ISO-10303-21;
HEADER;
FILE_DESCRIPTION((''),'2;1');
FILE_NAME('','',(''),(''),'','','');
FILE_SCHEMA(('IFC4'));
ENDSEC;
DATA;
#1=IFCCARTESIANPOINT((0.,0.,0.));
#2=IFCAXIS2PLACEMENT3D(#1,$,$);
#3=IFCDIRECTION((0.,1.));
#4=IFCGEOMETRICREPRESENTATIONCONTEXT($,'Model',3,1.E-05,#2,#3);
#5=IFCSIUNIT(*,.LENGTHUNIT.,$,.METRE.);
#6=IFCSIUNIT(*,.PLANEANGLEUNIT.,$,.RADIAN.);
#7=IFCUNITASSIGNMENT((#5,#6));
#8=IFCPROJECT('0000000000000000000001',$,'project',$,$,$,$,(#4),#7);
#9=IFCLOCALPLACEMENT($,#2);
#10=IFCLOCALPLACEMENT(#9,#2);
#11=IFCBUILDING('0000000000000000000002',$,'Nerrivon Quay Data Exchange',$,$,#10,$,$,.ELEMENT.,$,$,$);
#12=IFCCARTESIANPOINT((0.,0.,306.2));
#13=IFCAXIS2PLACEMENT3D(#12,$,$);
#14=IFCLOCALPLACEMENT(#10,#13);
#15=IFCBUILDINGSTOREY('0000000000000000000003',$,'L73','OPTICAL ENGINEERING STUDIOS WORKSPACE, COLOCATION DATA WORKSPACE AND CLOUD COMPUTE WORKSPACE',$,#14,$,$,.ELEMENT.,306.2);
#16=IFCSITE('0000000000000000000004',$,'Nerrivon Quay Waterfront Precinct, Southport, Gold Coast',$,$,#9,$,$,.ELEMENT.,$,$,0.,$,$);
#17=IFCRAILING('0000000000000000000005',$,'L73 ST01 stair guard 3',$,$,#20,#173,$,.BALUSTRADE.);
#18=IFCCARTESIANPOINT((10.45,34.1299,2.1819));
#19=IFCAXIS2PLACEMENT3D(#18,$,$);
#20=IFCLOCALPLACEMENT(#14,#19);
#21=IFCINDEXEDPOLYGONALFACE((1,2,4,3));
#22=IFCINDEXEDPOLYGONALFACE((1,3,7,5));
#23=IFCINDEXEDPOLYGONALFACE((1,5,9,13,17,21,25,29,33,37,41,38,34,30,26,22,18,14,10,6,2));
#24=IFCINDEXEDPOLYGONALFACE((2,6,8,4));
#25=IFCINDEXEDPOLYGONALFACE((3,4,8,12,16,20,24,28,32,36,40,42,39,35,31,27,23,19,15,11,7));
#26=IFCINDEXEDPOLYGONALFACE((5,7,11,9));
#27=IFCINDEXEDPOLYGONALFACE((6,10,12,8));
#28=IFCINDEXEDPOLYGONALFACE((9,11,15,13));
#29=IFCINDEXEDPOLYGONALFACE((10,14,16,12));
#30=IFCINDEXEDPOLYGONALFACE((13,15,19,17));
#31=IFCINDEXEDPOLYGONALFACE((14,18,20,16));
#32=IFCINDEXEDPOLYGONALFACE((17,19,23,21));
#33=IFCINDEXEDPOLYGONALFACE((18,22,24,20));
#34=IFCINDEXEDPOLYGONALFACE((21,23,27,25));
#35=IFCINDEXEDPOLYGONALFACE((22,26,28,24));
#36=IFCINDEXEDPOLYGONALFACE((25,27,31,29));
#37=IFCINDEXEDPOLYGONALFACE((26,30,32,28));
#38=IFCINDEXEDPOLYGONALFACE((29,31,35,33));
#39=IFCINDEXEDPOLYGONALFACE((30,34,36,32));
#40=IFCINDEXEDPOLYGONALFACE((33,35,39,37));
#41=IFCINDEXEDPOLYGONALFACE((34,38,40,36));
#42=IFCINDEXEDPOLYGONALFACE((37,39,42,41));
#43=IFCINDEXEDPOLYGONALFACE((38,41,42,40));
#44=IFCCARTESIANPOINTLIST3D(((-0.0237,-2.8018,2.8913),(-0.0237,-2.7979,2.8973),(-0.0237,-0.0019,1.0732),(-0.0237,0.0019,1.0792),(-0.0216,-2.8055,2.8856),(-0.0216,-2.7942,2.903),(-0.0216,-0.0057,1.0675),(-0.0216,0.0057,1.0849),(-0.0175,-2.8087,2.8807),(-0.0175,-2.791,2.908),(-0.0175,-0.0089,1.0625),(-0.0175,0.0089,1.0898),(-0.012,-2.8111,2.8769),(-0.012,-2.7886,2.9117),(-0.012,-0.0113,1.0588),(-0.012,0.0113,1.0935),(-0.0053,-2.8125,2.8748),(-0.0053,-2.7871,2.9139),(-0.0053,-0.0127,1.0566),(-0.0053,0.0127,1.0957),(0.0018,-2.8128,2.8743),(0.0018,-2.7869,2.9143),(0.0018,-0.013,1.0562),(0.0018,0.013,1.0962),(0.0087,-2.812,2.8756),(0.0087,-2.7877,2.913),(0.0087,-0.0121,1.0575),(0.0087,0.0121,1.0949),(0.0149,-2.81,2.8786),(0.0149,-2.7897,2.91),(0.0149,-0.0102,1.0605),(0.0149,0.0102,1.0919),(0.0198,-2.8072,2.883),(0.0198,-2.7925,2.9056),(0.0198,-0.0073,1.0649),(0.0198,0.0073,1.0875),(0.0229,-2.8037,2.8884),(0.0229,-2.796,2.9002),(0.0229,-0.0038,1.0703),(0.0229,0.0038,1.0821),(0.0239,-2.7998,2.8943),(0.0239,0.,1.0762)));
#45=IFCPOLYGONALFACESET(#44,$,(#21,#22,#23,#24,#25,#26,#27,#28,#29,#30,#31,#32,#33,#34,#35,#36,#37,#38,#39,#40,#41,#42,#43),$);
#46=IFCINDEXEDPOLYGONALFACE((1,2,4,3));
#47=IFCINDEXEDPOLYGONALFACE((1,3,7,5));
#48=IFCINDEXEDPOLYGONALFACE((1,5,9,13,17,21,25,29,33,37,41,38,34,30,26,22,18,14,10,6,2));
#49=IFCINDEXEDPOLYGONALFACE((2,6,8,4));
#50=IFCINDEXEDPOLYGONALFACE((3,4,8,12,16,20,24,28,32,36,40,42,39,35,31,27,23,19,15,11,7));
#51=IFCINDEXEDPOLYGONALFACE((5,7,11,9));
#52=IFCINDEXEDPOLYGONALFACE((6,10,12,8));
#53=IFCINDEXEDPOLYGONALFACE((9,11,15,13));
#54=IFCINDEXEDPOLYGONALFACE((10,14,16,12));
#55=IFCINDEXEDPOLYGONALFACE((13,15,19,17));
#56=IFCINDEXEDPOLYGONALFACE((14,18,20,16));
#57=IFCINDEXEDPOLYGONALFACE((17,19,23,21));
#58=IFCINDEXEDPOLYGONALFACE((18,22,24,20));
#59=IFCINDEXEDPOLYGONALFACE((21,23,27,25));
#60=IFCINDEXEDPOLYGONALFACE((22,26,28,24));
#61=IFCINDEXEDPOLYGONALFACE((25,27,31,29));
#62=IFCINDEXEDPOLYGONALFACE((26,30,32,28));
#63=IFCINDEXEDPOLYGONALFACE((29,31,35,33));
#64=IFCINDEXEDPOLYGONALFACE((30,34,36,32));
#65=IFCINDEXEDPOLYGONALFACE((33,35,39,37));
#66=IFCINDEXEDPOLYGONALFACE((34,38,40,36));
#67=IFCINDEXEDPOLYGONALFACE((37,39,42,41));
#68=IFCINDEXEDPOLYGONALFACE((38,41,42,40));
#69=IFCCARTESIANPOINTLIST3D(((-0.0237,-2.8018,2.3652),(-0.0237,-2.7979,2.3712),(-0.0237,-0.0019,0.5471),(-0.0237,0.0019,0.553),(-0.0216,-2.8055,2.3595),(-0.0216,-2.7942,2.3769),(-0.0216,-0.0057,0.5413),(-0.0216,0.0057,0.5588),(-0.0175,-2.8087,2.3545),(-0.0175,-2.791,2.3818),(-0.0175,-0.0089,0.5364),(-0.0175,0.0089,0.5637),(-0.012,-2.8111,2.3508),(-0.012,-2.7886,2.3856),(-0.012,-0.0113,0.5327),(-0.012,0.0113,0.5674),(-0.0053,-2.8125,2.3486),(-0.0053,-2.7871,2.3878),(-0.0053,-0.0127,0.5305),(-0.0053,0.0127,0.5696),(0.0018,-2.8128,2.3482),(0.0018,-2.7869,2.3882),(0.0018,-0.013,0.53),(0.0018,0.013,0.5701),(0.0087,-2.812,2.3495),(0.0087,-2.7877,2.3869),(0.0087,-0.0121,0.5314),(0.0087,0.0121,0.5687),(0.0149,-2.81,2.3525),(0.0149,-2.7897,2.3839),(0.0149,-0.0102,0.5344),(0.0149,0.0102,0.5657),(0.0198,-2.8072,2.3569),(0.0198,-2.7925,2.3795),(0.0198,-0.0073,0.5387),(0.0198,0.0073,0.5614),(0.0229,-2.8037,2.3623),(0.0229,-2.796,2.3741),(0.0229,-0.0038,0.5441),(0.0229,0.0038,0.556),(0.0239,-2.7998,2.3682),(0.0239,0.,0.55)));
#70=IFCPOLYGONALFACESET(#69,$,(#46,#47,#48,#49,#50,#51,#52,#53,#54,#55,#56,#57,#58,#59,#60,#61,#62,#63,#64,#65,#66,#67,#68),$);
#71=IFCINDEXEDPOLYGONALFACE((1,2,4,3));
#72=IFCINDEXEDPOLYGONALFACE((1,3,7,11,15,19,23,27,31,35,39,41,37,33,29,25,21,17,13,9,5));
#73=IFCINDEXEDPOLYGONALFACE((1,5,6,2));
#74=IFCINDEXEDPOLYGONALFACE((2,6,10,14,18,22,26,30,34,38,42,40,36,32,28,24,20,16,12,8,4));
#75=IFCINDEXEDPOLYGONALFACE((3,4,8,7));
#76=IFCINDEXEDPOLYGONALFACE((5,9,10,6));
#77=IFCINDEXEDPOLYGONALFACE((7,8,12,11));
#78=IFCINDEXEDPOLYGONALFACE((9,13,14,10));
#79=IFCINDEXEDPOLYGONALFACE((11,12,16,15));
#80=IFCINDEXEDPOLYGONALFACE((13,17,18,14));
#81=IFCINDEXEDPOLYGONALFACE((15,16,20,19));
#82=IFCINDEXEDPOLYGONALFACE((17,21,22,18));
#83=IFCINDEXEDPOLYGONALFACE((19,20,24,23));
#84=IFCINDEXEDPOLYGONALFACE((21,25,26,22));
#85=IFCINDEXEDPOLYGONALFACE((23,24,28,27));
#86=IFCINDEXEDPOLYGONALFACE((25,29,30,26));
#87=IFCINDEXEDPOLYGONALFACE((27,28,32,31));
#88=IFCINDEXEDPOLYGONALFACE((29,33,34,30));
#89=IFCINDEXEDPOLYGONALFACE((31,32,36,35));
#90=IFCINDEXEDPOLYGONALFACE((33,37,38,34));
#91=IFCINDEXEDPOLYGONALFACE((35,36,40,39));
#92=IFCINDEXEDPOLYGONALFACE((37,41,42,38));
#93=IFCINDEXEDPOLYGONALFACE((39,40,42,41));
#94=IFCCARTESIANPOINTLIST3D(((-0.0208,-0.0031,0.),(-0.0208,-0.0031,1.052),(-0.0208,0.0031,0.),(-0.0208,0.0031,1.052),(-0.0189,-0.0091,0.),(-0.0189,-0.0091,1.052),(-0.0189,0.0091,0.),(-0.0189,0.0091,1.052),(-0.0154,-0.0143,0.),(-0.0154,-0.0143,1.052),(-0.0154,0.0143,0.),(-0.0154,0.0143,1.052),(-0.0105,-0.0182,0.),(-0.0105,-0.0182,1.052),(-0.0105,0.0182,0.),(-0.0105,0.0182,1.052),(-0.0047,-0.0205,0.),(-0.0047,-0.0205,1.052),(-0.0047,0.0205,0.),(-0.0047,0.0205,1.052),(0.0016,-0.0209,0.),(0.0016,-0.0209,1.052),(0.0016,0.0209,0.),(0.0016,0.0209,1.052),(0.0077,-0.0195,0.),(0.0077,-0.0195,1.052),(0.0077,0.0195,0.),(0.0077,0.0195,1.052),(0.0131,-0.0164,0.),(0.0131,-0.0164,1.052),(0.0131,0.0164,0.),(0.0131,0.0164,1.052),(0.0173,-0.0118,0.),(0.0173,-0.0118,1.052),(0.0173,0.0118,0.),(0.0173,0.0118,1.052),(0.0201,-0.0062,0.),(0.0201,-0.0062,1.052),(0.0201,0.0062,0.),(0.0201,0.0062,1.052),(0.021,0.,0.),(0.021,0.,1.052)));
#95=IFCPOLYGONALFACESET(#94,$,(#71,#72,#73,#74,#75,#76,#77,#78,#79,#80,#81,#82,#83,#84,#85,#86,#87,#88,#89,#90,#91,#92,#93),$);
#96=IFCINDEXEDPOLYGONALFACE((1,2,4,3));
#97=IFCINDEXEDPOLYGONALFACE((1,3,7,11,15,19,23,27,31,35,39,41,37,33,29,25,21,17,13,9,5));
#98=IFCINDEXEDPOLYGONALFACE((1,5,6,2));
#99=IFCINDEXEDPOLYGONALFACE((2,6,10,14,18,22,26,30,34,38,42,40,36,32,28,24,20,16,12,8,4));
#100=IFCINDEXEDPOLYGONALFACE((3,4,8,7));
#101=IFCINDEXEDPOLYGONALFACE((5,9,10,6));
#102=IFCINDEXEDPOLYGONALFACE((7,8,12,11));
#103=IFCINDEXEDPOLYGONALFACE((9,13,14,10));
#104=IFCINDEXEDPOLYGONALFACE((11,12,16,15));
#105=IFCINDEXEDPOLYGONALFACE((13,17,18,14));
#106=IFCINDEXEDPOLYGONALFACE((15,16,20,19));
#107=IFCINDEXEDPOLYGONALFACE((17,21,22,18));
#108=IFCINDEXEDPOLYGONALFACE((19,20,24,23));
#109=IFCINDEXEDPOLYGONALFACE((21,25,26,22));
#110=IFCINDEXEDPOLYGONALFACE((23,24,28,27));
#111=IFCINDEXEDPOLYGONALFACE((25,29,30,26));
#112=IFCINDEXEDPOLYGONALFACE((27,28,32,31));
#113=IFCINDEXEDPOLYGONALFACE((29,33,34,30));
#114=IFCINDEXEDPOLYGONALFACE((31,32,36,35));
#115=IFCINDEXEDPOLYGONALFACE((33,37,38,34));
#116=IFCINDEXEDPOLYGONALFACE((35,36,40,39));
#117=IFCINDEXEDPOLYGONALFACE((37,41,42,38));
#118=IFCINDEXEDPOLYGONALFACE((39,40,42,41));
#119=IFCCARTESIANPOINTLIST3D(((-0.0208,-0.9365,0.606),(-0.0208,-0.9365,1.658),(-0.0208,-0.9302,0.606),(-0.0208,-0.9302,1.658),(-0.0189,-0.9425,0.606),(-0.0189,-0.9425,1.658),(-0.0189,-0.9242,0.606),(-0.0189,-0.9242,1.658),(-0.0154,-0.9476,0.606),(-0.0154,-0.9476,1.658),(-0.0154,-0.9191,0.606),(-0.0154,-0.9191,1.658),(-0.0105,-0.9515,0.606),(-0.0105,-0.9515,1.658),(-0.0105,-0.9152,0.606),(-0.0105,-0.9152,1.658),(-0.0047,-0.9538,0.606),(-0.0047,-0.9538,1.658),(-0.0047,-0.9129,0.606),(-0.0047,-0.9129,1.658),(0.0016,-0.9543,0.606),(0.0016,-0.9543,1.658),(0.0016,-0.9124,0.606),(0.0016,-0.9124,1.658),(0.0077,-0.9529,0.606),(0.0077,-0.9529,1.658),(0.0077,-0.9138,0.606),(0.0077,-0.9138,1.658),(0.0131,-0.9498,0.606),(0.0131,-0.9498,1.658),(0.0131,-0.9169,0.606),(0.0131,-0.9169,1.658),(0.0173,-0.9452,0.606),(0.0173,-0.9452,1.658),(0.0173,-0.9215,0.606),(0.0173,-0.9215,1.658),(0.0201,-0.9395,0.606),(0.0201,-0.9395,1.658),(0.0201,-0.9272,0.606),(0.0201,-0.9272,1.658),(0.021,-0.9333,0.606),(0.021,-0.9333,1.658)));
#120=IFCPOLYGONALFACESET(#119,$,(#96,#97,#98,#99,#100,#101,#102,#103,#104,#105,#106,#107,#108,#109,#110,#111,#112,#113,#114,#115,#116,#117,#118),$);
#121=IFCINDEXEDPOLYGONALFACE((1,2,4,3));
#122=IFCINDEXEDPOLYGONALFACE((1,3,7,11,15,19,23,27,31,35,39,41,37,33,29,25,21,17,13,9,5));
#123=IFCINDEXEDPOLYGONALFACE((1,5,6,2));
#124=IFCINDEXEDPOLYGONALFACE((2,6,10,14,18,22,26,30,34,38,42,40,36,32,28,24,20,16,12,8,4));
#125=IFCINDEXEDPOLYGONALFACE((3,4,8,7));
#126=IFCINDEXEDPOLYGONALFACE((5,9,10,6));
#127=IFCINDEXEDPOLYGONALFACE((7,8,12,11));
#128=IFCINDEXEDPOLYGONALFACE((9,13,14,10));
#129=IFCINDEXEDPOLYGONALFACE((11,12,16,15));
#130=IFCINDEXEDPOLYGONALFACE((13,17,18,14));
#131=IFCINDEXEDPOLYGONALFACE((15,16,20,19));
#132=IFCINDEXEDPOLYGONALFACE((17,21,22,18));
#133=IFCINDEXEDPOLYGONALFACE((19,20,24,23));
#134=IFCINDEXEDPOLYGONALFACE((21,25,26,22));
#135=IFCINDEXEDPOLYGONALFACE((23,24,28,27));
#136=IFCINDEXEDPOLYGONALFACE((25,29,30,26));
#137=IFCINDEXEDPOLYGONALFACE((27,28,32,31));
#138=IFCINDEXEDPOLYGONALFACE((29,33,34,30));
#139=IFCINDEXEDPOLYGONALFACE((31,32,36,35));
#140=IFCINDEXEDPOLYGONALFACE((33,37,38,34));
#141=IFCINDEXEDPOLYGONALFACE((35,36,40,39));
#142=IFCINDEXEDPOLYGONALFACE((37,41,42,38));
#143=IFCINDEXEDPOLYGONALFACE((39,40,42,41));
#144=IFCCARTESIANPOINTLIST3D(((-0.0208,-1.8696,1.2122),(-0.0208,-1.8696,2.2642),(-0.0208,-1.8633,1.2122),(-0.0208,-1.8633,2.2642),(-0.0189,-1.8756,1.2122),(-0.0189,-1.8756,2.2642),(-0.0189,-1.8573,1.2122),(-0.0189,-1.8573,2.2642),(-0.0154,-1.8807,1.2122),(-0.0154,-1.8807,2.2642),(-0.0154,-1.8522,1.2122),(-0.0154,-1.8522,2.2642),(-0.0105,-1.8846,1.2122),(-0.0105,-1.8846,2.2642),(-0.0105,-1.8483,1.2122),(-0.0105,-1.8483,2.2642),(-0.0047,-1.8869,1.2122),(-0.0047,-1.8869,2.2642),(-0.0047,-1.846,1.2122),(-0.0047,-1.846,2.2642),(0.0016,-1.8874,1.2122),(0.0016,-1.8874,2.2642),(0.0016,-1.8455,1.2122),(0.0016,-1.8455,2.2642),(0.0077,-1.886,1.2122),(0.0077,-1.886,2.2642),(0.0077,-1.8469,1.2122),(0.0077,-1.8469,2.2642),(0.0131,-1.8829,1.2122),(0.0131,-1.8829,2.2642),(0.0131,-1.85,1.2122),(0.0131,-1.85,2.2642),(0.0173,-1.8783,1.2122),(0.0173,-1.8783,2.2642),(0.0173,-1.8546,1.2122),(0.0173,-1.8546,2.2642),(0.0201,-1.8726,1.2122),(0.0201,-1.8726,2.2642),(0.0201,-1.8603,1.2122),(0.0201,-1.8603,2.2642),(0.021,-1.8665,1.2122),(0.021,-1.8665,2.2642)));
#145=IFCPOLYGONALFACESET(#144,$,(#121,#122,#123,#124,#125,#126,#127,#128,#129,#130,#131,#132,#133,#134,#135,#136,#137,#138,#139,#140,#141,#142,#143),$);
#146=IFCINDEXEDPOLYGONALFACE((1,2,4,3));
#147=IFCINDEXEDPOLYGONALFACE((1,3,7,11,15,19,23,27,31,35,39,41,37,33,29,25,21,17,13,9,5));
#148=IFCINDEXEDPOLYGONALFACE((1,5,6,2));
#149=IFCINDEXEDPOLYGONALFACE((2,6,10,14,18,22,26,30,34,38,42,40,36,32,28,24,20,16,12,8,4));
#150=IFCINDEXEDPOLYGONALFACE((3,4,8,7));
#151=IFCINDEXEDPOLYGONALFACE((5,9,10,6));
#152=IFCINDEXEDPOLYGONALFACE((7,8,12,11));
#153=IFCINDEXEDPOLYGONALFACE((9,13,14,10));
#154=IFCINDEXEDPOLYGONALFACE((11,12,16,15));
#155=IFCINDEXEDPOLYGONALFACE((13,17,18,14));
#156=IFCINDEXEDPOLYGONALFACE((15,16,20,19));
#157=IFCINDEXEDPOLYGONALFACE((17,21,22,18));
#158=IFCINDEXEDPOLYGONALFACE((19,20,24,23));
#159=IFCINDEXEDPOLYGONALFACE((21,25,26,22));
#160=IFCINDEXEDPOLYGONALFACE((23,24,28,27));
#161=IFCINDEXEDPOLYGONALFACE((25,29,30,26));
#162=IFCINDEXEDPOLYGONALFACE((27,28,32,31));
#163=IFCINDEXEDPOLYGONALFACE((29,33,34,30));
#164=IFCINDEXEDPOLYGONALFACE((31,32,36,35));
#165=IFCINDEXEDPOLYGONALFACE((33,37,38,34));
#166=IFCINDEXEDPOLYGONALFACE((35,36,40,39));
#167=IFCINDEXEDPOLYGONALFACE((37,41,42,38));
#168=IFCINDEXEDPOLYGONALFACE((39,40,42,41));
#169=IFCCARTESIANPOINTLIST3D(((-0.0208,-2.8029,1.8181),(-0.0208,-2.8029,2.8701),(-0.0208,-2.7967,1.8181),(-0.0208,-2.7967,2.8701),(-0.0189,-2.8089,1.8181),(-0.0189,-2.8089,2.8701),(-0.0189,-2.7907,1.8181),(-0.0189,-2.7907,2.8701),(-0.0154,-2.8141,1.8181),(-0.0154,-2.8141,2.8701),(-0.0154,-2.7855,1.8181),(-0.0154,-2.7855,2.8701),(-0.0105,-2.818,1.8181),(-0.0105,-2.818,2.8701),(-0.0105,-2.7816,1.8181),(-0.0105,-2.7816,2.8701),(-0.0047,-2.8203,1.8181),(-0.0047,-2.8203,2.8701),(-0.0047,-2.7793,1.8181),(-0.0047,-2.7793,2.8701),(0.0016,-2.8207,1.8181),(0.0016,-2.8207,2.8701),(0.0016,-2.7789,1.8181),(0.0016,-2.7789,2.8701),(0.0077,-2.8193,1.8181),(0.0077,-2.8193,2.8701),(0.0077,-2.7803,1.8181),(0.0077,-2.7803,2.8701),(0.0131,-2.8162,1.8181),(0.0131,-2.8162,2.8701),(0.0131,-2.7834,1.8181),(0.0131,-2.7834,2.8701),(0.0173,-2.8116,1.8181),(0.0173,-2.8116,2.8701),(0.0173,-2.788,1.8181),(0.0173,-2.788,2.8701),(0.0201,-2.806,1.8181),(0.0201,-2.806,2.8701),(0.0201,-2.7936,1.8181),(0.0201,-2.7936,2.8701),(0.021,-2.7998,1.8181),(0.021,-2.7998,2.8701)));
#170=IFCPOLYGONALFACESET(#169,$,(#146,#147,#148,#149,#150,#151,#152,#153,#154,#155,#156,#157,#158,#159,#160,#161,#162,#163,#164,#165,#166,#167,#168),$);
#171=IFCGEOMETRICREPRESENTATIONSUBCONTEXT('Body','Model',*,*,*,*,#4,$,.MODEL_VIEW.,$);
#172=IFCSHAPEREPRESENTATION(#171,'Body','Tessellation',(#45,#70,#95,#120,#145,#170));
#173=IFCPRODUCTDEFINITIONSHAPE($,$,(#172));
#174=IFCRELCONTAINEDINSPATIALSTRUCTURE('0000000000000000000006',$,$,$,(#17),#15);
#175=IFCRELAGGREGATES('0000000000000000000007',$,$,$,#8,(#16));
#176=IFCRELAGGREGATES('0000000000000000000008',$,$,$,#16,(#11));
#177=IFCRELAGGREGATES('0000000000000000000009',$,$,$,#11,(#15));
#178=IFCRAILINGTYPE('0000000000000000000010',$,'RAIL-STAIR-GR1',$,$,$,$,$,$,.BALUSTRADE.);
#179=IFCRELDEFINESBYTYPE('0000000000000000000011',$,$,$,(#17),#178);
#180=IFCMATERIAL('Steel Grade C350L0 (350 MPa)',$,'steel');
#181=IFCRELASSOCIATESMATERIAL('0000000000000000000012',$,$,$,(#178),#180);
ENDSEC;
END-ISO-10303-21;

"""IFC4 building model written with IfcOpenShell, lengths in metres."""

from ifc_helpers import new_model, si_unit, direction, frame, origin, origin_2d, place, context, subcontext, project, spatial, circle, extrude, material, type_object, element, save


model = new_model("IFC4")

# Units and contexts
model_context = context("Model", 3, precision=1e-05, world=origin(), true_north=direction((0.0, 1.0)))
body_context = subcontext(model_context, "Body", "Model", "MODEL_VIEW")
ifc_project = project(units=[si_unit("LENGTHUNIT", "METRE"), si_unit("PLANEANGLEUNIT", "RADIAN")], contexts=[model_context])

# Site, building, storey
site_placement = place(None, origin())
site = spatial("IfcSite", under=ifc_project, at=site_placement, Name="Nerrivon Quay Waterfront Precinct, Southport, Gold Coast", CompositionType="ELEMENT", RefElevation=0.0)
building_placement = place(site_placement, origin())
building = spatial("IfcBuilding", under=site, at=building_placement, Name="Nerrivon Quay Data Exchange", CompositionType="ELEMENT")
storey_placement = place(building_placement, frame((0.0, 0.0, 306.2)))
storey = spatial("IfcBuildingStorey", under=building, at=storey_placement, Name="L73", Description="OPTICAL ENGINEERING STUDIOS WORKSPACE, COLOCATION DATA WORKSPACE AND CLOUD COMPUTE WORKSPACE", CompositionType="ELEMENT", Elevation=306.2)

# Shared definitions
ifc_material_1 = material(Name="Steel Grade C350L0 (350 MPa)", Category="steel")

# Railing
railing_type_1 = type_object("IfcRailingType", Name="RAIL-STAIR-GR1", PredefinedType="BALUSTRADE", material=ifc_material_1)
railing_1_placement = place(storey_placement, frame((10.45, 34.1299, 2.1819)))
element("IfcRailing", 1, at=railing_1_placement, inside=storey, type_object=railing_type_1, Name="L73 ST01 stair guard 3", PredefinedType="BALUSTRADE", context=body_context, shape_type="SweptSolid", body=[
    extrude(circle(Radius=0.0239, at=origin_2d()), frame((0.0, 0.0, 1.0762), z_axis=(0.0, -0.838684, 0.544618), x_axis=(1.0, 0.0, 0.0)), (0.0, 0.0, 1.0), 3.3384),
    extrude(circle(Radius=0.0239, at=origin_2d()), frame((0.0, 0.0, 0.55), z_axis=(0.0, -0.838684, 0.544618), x_axis=(1.0, 0.0, 0.0)), (0.0, 0.0, 1.0), 3.3384),
    extrude(circle(Radius=0.021, at=origin_2d()), origin(), (0.0, 0.0, 1.0), 1.052),
    extrude(circle(Radius=0.021, at=origin_2d()), frame((0.0, -0.9333, 0.606)), (0.0, 0.0, 1.0), 1.052),
    extrude(circle(Radius=0.021, at=origin_2d()), frame((0.0, -1.8665, 1.2122)), (0.0, 0.0, 1.0), 1.052),
    extrude(circle(Radius=0.021, at=origin_2d()), frame((0.0, -2.7998, 1.8181)), (0.0, 0.0, 1.0), 1.052),
])

save(model, "model.ifc")
